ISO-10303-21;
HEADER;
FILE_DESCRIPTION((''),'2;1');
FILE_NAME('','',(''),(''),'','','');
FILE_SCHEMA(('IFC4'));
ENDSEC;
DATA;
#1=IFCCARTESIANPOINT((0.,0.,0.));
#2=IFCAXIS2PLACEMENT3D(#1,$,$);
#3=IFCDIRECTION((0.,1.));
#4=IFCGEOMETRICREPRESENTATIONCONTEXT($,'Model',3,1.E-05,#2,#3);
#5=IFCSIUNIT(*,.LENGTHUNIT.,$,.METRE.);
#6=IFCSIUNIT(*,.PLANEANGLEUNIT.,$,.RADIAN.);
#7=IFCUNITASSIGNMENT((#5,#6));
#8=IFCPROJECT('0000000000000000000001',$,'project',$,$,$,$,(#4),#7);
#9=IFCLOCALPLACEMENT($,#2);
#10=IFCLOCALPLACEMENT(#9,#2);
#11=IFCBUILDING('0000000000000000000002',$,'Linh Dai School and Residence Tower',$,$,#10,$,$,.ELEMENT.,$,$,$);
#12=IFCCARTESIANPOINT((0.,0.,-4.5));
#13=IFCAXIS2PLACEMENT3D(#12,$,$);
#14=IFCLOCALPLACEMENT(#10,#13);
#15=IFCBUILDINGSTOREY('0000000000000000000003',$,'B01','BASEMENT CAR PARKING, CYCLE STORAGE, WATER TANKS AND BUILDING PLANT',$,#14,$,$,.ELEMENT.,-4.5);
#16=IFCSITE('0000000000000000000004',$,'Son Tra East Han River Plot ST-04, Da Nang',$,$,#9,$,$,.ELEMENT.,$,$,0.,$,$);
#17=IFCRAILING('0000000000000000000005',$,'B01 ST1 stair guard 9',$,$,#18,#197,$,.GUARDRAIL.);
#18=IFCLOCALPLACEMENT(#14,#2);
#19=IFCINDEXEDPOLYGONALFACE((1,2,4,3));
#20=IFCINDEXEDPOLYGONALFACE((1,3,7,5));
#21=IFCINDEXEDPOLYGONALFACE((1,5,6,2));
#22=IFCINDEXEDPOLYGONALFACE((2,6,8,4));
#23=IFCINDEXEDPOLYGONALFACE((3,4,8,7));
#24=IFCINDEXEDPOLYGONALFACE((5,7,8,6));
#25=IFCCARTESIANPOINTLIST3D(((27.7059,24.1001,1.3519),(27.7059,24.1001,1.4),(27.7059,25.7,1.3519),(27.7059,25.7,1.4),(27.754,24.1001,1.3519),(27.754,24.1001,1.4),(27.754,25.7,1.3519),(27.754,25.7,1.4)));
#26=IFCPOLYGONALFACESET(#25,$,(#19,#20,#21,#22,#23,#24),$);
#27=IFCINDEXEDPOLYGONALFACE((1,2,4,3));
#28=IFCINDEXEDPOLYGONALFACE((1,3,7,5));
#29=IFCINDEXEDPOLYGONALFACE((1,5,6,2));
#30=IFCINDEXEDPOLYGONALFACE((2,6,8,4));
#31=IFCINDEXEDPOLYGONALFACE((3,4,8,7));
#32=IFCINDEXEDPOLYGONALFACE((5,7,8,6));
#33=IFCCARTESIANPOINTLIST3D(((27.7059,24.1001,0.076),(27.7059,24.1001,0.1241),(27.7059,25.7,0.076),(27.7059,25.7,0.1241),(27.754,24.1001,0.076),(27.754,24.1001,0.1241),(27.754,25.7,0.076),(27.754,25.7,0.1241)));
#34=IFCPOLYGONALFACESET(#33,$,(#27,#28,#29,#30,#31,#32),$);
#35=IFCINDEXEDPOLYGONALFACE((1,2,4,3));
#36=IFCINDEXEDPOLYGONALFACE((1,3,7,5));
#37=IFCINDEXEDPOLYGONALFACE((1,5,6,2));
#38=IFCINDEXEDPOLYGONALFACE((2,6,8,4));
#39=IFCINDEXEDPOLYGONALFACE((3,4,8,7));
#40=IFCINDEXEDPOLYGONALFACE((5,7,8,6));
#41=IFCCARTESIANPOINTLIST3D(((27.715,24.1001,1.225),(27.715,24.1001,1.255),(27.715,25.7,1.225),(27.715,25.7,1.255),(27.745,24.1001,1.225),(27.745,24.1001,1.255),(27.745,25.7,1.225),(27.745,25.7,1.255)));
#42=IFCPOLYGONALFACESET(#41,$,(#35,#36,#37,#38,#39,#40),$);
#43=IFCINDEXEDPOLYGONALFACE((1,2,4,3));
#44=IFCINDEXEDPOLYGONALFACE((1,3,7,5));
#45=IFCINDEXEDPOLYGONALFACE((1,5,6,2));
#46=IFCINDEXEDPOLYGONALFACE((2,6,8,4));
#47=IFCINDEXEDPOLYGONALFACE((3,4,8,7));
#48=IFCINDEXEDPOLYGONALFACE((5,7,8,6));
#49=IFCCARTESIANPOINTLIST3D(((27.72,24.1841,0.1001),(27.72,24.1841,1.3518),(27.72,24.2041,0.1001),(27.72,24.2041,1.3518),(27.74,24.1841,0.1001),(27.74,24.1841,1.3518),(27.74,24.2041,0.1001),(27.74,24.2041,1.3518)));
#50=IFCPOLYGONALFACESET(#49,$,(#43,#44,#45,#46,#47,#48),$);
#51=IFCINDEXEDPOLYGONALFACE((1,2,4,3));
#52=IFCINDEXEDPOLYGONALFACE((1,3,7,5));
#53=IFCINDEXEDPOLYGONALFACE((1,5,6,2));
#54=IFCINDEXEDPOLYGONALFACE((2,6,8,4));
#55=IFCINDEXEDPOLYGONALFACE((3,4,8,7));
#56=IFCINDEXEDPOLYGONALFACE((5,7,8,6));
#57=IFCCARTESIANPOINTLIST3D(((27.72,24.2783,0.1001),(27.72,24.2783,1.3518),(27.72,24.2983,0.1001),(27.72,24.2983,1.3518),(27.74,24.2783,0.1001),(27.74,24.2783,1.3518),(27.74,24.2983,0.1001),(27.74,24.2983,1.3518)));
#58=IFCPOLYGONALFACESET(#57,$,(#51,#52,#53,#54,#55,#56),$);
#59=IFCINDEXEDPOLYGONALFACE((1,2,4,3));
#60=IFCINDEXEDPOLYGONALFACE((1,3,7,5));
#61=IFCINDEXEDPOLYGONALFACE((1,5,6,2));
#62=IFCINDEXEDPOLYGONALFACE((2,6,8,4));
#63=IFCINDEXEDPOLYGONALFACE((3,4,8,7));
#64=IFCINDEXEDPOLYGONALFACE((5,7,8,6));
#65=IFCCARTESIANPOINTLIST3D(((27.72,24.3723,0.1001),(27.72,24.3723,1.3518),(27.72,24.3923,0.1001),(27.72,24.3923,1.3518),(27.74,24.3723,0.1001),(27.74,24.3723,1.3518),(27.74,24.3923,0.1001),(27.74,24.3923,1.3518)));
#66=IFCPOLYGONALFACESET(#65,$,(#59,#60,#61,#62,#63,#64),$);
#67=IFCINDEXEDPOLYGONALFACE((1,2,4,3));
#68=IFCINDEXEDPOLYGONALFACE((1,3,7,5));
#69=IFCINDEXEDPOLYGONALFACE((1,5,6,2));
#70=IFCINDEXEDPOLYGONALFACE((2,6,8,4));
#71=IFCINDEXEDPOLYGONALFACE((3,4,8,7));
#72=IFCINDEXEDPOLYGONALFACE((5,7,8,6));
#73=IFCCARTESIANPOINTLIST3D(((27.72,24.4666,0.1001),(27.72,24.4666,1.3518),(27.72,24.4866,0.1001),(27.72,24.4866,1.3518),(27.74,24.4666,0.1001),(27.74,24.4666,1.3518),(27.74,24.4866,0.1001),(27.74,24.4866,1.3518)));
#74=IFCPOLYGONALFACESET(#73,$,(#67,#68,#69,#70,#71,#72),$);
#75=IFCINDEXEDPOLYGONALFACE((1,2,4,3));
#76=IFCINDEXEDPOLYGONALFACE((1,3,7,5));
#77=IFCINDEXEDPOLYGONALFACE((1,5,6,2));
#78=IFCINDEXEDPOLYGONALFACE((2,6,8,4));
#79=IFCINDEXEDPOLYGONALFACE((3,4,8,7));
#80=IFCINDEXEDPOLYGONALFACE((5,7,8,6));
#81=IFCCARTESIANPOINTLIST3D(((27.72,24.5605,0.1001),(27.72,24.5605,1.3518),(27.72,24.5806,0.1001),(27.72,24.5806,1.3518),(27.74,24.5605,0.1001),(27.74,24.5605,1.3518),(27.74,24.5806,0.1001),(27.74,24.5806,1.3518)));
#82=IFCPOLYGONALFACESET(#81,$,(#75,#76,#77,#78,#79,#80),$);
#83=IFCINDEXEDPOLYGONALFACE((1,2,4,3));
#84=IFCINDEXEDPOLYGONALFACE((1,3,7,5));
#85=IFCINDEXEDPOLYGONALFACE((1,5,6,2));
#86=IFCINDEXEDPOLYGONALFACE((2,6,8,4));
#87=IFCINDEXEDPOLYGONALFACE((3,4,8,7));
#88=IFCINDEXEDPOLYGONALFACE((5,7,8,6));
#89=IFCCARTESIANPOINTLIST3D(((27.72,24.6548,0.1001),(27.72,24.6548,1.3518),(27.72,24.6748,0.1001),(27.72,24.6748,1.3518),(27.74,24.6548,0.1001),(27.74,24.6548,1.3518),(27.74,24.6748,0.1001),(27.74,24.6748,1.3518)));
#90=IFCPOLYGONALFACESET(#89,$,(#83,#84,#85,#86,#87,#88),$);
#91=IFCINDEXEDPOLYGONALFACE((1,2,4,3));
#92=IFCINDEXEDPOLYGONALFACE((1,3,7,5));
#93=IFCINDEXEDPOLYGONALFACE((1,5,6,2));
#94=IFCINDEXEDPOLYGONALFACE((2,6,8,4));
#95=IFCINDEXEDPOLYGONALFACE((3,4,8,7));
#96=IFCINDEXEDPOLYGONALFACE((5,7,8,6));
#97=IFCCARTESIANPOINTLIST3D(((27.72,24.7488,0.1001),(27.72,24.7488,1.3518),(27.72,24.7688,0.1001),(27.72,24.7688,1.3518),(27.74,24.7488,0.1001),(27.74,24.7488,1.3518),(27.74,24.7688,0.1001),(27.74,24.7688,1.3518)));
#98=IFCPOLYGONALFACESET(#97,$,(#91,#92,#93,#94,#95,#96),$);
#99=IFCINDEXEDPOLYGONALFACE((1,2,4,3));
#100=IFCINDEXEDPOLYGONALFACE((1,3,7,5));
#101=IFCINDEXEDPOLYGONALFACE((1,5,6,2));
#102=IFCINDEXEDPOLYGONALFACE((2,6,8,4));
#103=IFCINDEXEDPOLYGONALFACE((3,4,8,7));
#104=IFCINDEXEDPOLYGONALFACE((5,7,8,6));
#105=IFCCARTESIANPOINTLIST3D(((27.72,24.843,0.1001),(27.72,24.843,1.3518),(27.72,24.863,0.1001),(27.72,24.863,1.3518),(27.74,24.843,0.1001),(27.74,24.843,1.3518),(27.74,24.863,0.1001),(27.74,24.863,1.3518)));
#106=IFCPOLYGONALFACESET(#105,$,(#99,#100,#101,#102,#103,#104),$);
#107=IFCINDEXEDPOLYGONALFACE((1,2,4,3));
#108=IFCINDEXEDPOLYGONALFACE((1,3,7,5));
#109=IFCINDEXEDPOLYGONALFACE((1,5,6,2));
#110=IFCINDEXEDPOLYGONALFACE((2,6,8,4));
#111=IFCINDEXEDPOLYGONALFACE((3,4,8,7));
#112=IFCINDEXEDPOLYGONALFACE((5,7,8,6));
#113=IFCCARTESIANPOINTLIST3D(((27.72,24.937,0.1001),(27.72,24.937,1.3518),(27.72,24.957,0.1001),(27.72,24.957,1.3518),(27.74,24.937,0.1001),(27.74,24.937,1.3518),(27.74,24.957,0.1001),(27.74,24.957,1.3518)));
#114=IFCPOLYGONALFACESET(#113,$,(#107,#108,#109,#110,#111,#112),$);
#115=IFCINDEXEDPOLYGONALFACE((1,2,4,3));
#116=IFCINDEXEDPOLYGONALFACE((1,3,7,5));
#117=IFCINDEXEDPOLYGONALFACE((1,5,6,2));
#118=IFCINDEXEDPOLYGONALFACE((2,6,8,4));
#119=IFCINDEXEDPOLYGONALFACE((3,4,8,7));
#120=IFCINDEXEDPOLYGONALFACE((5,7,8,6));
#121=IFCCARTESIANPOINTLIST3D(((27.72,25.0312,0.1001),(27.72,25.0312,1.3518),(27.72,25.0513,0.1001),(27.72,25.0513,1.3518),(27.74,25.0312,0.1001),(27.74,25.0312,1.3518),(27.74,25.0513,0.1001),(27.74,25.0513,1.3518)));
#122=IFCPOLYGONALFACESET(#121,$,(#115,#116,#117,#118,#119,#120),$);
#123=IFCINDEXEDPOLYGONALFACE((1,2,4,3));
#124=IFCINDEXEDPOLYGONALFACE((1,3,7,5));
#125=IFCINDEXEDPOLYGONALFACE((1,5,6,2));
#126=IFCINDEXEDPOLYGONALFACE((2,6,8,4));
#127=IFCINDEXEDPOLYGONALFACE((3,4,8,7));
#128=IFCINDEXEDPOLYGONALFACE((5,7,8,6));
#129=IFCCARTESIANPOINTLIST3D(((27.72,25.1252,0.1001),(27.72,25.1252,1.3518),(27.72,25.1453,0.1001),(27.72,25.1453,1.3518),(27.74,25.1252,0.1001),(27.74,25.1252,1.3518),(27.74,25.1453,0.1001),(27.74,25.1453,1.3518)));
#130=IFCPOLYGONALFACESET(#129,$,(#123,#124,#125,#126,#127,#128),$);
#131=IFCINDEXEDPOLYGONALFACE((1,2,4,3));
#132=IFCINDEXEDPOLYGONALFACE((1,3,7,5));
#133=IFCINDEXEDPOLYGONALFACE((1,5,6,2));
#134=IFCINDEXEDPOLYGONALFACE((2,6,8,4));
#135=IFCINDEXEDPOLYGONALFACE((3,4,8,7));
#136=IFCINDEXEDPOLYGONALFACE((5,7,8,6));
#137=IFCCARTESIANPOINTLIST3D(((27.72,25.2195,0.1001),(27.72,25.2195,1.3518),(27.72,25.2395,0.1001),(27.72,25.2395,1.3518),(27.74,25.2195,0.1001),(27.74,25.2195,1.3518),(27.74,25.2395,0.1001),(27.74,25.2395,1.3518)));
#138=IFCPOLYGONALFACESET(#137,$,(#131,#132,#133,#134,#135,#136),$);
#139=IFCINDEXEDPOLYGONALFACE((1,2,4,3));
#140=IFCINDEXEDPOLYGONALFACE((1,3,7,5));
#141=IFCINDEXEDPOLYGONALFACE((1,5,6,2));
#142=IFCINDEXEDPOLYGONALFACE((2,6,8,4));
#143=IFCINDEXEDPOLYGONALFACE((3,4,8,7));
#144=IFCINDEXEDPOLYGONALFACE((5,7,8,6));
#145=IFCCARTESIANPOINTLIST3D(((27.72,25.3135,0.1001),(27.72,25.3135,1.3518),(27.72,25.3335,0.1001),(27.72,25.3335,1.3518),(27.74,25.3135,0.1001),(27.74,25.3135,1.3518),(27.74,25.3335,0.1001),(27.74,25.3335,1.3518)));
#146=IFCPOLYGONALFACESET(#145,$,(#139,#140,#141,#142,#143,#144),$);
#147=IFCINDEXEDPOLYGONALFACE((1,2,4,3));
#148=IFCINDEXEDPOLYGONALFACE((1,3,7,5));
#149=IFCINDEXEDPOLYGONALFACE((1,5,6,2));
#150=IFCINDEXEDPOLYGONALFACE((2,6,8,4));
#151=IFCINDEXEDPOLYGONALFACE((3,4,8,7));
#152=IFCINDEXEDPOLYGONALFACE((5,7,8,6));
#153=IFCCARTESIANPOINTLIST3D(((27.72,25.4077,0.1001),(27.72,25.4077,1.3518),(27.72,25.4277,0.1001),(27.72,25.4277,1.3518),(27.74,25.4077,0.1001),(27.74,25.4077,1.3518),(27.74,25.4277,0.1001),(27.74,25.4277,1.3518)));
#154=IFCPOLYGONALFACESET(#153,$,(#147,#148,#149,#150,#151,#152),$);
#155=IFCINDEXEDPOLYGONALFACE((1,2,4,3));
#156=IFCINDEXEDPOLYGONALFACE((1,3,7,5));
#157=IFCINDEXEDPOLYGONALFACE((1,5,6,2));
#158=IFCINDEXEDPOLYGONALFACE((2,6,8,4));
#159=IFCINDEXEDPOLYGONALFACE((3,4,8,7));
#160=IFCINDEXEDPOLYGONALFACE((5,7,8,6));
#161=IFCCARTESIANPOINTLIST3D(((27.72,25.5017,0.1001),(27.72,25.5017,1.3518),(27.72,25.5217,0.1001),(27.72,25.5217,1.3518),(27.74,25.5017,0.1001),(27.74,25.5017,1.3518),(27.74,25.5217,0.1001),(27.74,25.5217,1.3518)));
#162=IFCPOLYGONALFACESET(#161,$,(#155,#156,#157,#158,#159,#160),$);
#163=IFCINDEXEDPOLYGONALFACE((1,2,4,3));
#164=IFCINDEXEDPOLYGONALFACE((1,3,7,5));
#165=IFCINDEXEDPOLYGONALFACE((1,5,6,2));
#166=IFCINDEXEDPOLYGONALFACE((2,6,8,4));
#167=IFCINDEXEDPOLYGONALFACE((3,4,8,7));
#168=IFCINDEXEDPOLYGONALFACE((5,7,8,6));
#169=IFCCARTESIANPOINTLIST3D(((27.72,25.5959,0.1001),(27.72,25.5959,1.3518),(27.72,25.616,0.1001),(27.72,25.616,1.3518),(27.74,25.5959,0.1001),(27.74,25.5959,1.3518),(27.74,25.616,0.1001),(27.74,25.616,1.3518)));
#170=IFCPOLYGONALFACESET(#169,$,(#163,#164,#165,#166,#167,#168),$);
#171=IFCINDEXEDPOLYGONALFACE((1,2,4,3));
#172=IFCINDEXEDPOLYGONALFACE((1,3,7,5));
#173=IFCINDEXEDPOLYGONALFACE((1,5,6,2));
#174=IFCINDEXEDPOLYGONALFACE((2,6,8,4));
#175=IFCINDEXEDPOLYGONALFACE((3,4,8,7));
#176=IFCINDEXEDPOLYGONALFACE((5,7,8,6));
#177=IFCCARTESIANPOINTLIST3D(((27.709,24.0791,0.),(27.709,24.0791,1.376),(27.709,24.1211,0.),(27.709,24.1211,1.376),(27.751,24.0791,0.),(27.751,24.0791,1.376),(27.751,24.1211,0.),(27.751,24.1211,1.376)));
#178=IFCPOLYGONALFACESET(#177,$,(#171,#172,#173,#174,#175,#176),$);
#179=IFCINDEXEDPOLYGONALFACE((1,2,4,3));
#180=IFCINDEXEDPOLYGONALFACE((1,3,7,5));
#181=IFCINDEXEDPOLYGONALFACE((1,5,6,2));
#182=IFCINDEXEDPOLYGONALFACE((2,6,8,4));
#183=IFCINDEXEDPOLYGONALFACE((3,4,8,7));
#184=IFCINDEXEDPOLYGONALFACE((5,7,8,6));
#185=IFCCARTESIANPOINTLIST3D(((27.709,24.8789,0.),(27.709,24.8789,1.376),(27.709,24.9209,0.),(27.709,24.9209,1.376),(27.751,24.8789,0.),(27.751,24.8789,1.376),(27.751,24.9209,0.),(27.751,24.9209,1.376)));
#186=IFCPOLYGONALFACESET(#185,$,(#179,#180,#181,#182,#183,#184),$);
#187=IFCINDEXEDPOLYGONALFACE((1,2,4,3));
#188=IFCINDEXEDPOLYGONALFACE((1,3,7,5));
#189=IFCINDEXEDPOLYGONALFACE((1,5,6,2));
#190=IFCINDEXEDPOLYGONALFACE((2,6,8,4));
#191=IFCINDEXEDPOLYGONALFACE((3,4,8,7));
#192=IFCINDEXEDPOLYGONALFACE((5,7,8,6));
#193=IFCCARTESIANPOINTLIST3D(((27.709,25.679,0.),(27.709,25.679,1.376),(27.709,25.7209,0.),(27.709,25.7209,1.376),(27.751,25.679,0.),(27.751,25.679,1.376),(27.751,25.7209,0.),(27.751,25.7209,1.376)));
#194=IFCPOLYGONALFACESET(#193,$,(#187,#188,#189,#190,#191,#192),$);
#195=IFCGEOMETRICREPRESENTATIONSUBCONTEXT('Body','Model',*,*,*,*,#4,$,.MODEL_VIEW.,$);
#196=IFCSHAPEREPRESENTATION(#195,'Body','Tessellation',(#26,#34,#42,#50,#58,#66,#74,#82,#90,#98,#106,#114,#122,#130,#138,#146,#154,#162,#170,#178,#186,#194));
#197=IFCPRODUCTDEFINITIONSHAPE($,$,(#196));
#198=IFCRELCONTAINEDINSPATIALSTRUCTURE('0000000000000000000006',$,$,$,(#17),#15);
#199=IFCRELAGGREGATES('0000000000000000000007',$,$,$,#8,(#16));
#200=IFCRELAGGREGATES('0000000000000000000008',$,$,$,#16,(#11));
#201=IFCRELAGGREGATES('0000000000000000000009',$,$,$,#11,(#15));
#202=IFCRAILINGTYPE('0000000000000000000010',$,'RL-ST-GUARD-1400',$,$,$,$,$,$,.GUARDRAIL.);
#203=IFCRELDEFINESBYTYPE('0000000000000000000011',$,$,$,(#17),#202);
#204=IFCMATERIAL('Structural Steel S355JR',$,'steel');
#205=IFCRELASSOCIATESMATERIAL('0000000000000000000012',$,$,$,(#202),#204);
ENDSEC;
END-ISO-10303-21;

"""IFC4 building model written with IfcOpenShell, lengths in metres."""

from ifc_helpers import new_model, si_unit, direction, frame, origin, origin_2d, place, context, subcontext, project, spatial, rectangle, extrude, source, transform, mapped, material, type_object, element, save


model = new_model("IFC4")

# Units and contexts
model_context = context("Model", 3, precision=1e-05, world=origin(), true_north=direction((0.0, 1.0)))
body_context = subcontext(model_context, "Body", "Model", "MODEL_VIEW")
ifc_project = project(units=[si_unit("LENGTHUNIT", "METRE"), si_unit("PLANEANGLEUNIT", "RADIAN")], contexts=[model_context])

# Site, building, storey
site_placement = place(None, origin())
site = spatial("IfcSite", under=ifc_project, at=site_placement, Name="Son Tra East Han River Plot ST-04, Da Nang", CompositionType="ELEMENT", RefElevation=0.0)
building_placement = place(site_placement, origin())
building = spatial("IfcBuilding", under=site, at=building_placement, Name="Linh Dai School and Residence Tower", CompositionType="ELEMENT")
storey_placement = place(building_placement, frame((0.0, 0.0, -4.5)))
storey = spatial("IfcBuildingStorey", under=building, at=storey_placement, Name="B01", Description="BASEMENT CAR PARKING, CYCLE STORAGE, WATER TANKS AND BUILDING PLANT", CompositionType="ELEMENT", Elevation=-4.5)

# Shared definitions
ifc_material_1 = material(Name="Structural Steel S355JR", Category="steel")

# Railing
railing_type_1 = type_object("IfcRailingType", Name="RL-ST-GUARD-1400", PredefinedType="GUARDRAIL", material=ifc_material_1)
shared_shape_1 = source(origin(), body_context, "Body", "SweptSolid", [
    extrude(rectangle(XDim=0.0481, YDim=0.0481, at=origin_2d()), frame((0.0, 0.0, 1.376), z_axis=(0.0, 1.0, 0.0), x_axis=(-1.0, 0.0, 0.0)), (0.0, 0.0, 1.0), 1.5999),
    extrude(rectangle(XDim=0.0481, YDim=0.0481, at=origin_2d()), frame((0.0, 0.0, 0.1001), z_axis=(0.0, 1.0, 0.0), x_axis=(-1.0, 0.0, 0.0)), (0.0, 0.0, 1.0), 1.5999),
    extrude(rectangle(XDim=0.03, YDim=0.03, at=origin_2d()), frame((0.0, 0.0, 1.24), z_axis=(0.0, 1.0, 0.0), x_axis=(-1.0, 0.0, 0.0)), (0.0, 0.0, 1.0), 1.5999),
    extrude(rectangle(XDim=0.02, YDim=0.02, at=origin_2d()), frame((0.0, 0.094, 0.1001)), (0.0, 0.0, 1.0), 1.2517),
    extrude(rectangle(XDim=0.02, YDim=0.02, at=origin_2d()), frame((0.0, 0.1882, 0.1001)), (0.0, 0.0, 1.0), 1.2517),
    extrude(rectangle(XDim=0.02, YDim=0.02, at=origin_2d()), frame((0.0, 0.2822, 0.1001)), (0.0, 0.0, 1.0), 1.2517),
    extrude(rectangle(XDim=0.02, YDim=0.02, at=origin_2d()), frame((0.0, 0.3765, 0.1001)), (0.0, 0.0, 1.0), 1.2517),
    extrude(rectangle(XDim=0.02, YDim=0.02, at=origin_2d()), frame((0.0, 0.4705, 0.1001)), (0.0, 0.0, 1.0), 1.2517),
    extrude(rectangle(XDim=0.02, YDim=0.02, at=origin_2d()), frame((0.0, 0.5647, 0.1001)), (0.0, 0.0, 1.0), 1.2517),
    extrude(rectangle(XDim=0.02, YDim=0.02, at=origin_2d()), frame((0.0, 0.6587, 0.1001)), (0.0, 0.0, 1.0), 1.2517),
    extrude(rectangle(XDim=0.02, YDim=0.02, at=origin_2d()), frame((0.0, 0.7529, 0.1001)), (0.0, 0.0, 1.0), 1.2517),
    extrude(rectangle(XDim=0.02, YDim=0.02, at=origin_2d()), frame((0.0, 0.8469, 0.1001)), (0.0, 0.0, 1.0), 1.2517),
    extrude(rectangle(XDim=0.02, YDim=0.02, at=origin_2d()), frame((0.0, 0.9412, 0.1001)), (0.0, 0.0, 1.0), 1.2517),
    extrude(rectangle(XDim=0.02, YDim=0.02, at=origin_2d()), frame((0.0, 1.0352, 0.1001)), (0.0, 0.0, 1.0), 1.2517),
    extrude(rectangle(XDim=0.02, YDim=0.02, at=origin_2d()), frame((0.0, 1.1294, 0.1001)), (0.0, 0.0, 1.0), 1.2517),
    extrude(rectangle(XDim=0.02, YDim=0.02, at=origin_2d()), frame((0.0, 1.2234, 0.1001)), (0.0, 0.0, 1.0), 1.2517),
    extrude(rectangle(XDim=0.02, YDim=0.02, at=origin_2d()), frame((0.0, 1.3176, 0.1001)), (0.0, 0.0, 1.0), 1.2517),
    extrude(rectangle(XDim=0.02, YDim=0.02, at=origin_2d()), frame((0.0, 1.4116, 0.1001)), (0.0, 0.0, 1.0), 1.2517),
    extrude(rectangle(XDim=0.02, YDim=0.02, at=origin_2d()), frame((0.0, 1.5059, 0.1001)), (0.0, 0.0, 1.0), 1.2517),
    extrude(rectangle(XDim=0.042, YDim=0.042, at=origin_2d()), origin(), (0.0, 0.0, 1.0), 1.376),
    extrude(rectangle(XDim=0.042, YDim=0.042, at=origin_2d()), frame((0.0, 0.7998, 0.0)), (0.0, 0.0, 1.0), 1.376),
    extrude(rectangle(XDim=0.042, YDim=0.042, at=origin_2d()), frame((0.0, 1.5999, 0.0)), (0.0, 0.0, 1.0), 1.376),
])
for number, where, name in (
    (1, (27.73, 24.1001, 0.0), "B01 ST1 stair guard 9"),
):
    element("IfcRailing", number, at=place(storey_placement, frame(where)), inside=storey, type_object=railing_type_1, Name=name, PredefinedType="GUARDRAIL", context=body_context, shape_type="MappedRepresentation", body=[
        mapped(shared_shape_1, transform((0.0, 0.0, 0.0), x_axis=(1.0, 0.0, 0.0), y_axis=(0.0, 1.0, 0.0), z_axis=(0.0, 0.0, 1.0), scale=1.0)),
    ])

save(model, "model.ifc")
